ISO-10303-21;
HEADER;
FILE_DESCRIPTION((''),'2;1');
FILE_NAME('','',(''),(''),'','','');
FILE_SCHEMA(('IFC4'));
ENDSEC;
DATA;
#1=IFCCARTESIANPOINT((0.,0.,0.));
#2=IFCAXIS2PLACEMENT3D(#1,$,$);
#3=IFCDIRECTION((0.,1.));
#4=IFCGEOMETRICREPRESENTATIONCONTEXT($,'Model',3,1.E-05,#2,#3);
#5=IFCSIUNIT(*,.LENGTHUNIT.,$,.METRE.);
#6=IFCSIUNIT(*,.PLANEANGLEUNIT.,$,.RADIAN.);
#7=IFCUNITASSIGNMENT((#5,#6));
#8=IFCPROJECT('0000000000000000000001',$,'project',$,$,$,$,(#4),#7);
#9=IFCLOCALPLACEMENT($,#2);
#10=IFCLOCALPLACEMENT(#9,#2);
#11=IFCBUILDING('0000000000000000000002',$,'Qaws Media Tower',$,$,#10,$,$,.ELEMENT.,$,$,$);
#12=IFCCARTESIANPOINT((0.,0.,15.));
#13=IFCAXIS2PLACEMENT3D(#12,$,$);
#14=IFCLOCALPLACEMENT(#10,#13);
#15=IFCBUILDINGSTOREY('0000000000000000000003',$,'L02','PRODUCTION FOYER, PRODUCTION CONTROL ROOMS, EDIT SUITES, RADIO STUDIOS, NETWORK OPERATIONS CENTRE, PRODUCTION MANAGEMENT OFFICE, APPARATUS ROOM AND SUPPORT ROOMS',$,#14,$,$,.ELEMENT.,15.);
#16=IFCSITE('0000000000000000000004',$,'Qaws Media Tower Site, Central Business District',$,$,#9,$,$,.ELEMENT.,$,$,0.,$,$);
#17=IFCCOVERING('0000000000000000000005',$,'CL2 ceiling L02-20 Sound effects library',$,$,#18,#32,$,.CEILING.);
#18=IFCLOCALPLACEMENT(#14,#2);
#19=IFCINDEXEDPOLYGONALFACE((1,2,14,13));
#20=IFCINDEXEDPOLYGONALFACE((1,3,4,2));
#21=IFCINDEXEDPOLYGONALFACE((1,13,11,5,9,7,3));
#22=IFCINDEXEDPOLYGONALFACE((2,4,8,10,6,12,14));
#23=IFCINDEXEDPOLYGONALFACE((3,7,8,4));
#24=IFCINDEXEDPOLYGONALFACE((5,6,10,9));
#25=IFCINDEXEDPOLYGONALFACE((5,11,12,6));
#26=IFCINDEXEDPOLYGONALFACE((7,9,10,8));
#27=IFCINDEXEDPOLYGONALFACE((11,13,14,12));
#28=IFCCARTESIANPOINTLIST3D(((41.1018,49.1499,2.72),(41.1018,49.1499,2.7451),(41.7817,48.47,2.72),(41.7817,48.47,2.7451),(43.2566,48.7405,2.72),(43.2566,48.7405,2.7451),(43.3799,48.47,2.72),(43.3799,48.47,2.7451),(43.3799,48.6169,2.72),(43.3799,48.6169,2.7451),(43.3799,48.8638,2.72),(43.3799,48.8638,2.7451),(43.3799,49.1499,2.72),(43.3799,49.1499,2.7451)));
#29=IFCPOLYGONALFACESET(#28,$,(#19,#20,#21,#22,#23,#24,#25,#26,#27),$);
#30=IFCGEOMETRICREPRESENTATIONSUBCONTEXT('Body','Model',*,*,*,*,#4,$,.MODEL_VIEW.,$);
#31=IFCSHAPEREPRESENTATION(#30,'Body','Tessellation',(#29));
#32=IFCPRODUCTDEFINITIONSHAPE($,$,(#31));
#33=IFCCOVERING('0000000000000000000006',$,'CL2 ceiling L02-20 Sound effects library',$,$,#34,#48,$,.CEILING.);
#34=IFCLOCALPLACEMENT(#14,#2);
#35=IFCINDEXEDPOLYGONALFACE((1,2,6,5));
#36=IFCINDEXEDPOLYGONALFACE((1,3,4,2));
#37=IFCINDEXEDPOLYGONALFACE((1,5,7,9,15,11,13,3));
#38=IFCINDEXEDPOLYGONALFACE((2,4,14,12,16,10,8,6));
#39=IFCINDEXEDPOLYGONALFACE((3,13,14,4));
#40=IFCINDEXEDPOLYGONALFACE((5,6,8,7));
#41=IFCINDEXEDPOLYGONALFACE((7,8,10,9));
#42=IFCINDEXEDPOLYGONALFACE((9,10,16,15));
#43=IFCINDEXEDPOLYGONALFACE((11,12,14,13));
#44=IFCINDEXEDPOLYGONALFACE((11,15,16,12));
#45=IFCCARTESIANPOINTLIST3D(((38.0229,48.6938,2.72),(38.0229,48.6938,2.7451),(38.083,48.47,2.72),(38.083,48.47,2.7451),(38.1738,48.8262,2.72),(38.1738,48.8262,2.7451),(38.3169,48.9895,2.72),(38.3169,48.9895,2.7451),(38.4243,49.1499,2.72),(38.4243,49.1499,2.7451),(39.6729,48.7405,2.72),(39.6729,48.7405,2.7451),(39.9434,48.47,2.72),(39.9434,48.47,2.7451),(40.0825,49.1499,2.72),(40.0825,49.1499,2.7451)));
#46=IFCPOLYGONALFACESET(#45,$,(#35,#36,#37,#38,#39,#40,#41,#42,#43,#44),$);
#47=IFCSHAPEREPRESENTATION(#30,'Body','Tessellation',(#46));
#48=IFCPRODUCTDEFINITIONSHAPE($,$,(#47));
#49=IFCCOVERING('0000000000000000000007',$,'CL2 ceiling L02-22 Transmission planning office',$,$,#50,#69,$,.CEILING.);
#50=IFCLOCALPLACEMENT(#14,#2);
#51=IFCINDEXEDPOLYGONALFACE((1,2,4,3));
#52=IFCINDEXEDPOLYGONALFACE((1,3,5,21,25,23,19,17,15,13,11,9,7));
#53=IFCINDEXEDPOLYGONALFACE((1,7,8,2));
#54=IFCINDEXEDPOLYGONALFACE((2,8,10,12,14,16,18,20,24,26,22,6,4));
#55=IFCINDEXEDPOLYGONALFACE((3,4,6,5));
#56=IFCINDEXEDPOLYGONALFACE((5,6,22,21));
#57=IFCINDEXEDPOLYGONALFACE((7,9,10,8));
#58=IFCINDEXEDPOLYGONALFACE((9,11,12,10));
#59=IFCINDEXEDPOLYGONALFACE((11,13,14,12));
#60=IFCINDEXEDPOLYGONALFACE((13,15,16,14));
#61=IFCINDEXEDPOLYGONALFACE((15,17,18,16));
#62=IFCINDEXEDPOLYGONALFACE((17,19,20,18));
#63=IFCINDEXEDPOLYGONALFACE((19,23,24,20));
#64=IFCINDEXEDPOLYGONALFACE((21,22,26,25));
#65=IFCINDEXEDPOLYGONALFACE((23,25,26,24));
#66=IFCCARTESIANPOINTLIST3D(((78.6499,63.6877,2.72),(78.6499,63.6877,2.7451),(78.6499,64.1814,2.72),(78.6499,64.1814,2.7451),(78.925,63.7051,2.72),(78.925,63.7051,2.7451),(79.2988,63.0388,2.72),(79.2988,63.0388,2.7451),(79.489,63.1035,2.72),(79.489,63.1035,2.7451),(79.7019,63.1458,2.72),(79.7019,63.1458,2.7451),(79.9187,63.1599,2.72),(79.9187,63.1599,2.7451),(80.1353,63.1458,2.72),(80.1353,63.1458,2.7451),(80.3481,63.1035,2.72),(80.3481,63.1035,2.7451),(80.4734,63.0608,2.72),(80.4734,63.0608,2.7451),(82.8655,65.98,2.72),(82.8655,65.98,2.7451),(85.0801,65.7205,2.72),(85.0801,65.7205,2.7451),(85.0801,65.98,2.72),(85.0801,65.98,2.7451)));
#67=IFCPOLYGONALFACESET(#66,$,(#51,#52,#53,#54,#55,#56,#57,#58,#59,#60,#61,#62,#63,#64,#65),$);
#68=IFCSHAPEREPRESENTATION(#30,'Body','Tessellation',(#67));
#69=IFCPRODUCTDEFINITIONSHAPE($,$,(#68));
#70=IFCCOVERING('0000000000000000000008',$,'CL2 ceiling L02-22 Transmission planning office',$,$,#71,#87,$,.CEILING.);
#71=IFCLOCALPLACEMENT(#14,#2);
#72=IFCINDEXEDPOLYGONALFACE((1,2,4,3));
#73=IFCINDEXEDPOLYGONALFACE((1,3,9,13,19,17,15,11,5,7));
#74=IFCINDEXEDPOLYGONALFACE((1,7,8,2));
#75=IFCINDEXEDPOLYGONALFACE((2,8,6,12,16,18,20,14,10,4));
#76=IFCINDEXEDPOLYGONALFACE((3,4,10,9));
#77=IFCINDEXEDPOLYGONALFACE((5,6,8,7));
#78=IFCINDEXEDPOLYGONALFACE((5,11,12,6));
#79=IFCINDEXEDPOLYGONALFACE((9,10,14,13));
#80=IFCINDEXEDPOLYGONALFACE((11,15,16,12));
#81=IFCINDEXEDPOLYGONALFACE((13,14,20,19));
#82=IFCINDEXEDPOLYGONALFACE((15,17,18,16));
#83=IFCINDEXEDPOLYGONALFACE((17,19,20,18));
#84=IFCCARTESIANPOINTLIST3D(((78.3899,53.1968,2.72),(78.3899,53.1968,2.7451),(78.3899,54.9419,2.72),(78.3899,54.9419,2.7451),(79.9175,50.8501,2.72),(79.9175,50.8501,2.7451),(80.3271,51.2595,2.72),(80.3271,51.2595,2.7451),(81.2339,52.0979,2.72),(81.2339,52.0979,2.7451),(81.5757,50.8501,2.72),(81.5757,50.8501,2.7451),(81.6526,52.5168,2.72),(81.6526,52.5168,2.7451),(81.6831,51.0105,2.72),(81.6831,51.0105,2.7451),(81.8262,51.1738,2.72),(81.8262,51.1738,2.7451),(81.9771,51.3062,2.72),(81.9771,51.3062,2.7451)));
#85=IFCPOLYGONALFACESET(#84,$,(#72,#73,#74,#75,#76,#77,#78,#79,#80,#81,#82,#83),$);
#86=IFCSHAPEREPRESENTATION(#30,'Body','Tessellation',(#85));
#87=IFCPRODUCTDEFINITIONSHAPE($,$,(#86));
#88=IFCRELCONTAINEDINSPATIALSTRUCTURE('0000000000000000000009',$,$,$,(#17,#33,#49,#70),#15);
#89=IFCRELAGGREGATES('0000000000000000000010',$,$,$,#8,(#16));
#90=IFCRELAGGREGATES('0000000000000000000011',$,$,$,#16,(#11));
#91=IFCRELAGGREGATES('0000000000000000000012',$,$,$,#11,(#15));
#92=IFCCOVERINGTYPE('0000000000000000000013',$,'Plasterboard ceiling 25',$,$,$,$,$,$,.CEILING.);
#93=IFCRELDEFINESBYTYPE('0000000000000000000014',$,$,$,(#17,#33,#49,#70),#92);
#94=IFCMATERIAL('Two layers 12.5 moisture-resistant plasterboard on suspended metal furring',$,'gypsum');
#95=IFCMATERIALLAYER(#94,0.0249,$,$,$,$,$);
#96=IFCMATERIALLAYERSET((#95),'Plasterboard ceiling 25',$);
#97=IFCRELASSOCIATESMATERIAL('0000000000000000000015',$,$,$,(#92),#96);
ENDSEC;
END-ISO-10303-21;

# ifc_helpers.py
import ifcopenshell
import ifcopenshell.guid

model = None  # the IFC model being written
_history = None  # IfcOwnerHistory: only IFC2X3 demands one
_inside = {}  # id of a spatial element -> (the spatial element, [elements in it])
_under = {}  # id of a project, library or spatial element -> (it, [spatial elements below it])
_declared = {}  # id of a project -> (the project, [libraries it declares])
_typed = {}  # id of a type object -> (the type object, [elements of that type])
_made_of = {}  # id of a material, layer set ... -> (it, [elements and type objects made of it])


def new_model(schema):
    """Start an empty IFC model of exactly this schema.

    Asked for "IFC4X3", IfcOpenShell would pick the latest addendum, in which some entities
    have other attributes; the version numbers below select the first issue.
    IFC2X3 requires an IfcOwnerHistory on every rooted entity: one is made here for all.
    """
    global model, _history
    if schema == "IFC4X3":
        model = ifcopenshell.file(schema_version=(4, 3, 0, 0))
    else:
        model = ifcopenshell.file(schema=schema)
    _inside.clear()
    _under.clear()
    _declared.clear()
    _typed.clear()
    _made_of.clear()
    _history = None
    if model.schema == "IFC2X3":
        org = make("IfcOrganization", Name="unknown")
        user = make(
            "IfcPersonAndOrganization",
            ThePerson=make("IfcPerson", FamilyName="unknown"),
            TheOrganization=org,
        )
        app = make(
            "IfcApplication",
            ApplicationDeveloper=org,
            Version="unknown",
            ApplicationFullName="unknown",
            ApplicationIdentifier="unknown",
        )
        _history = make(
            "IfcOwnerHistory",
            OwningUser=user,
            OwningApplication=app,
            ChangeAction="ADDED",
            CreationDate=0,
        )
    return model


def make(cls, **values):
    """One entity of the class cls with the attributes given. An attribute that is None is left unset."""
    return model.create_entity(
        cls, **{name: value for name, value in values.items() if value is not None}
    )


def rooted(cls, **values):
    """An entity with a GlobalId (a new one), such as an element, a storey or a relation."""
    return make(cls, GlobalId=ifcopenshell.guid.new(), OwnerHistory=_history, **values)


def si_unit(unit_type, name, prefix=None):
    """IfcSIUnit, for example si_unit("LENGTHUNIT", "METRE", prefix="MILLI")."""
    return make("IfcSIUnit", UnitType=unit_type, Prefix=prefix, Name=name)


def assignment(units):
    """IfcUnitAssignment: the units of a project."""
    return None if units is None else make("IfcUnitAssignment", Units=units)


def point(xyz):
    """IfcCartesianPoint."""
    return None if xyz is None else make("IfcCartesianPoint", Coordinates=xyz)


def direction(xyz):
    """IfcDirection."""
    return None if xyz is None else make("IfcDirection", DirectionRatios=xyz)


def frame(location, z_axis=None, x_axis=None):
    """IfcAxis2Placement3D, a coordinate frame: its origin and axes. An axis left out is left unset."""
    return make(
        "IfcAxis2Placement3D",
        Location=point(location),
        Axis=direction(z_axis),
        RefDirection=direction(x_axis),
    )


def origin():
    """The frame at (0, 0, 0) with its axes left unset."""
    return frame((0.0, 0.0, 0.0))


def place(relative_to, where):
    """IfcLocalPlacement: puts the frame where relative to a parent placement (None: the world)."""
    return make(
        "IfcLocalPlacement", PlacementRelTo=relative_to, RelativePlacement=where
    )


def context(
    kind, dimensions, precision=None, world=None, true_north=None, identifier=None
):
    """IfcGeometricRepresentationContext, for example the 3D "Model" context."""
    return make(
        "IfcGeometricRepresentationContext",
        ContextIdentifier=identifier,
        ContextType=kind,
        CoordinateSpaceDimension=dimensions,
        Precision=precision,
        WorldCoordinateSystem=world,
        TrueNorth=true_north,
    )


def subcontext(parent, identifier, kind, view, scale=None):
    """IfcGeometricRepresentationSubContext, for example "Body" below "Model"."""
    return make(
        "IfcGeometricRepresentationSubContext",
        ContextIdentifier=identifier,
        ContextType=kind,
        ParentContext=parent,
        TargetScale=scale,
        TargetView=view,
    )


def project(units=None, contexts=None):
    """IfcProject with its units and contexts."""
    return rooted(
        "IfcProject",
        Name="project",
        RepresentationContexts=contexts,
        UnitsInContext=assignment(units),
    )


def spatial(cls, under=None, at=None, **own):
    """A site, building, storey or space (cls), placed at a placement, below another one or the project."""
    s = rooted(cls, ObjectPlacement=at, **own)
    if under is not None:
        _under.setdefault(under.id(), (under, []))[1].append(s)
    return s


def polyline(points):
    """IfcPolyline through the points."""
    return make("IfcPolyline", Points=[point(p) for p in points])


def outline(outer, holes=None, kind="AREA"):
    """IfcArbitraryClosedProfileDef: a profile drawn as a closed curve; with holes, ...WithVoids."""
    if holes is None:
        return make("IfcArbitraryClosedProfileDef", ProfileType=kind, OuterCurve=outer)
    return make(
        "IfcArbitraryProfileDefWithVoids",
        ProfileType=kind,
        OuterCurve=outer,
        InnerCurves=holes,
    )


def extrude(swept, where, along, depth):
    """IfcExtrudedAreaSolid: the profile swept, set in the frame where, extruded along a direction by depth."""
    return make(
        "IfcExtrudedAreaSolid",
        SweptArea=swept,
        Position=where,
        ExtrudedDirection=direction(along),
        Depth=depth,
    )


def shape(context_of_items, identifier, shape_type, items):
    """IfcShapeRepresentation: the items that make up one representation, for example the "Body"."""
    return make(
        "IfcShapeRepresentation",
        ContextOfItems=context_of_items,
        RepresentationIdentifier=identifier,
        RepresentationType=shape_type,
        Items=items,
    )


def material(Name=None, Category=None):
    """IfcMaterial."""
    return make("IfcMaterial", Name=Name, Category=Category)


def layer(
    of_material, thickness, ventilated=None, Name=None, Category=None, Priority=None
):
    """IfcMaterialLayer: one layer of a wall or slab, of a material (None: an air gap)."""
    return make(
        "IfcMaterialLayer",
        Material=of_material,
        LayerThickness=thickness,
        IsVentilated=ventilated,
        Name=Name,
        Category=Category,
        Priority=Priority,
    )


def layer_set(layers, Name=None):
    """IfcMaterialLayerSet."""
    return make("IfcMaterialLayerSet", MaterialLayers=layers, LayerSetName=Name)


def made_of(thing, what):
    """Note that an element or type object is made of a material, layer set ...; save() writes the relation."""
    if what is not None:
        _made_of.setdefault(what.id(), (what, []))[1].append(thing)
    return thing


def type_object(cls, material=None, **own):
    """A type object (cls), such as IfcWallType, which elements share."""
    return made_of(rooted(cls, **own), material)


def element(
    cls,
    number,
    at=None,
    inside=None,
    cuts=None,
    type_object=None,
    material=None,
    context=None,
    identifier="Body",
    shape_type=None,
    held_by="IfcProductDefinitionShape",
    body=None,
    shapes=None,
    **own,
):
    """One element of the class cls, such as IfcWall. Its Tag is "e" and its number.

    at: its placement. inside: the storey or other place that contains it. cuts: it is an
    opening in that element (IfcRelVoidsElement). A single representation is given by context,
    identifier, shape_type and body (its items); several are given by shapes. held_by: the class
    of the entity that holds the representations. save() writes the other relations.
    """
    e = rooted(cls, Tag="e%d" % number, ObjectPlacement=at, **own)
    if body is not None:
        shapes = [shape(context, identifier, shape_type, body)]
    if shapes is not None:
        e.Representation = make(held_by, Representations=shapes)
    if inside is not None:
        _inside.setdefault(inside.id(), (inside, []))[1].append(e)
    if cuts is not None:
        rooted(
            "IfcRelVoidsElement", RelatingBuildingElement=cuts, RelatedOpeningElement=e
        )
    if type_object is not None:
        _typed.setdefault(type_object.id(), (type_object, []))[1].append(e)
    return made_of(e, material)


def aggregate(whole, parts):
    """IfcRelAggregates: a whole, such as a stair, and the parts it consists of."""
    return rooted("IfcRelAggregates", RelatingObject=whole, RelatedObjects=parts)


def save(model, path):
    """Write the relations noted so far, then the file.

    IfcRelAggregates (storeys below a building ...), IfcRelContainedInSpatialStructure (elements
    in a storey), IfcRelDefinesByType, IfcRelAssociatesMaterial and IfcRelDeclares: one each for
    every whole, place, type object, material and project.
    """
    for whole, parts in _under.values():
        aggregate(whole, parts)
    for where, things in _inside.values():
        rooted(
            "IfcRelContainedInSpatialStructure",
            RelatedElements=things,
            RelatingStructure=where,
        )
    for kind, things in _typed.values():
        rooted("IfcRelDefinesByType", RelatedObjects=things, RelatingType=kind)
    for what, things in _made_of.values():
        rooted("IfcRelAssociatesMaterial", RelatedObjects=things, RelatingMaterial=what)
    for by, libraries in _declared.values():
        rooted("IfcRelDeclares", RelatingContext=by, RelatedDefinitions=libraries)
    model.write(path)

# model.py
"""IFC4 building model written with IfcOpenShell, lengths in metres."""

from ifc_helpers import new_model, si_unit, direction, frame, origin, place, context, subcontext, project, spatial, polyline, outline, extrude, material, layer, layer_set, type_object, element, save


model = new_model("IFC4")

# Units and contexts
model_context = context("Model", 3, precision=1e-05, world=origin(), true_north=direction((0.0, 1.0)))
body_context = subcontext(model_context, "Body", "Model", "MODEL_VIEW")
ifc_project = project(units=[si_unit("LENGTHUNIT", "METRE"), si_unit("PLANEANGLEUNIT", "RADIAN")], contexts=[model_context])

# Site, building, storey
site_placement = place(None, origin())
site = spatial("IfcSite", under=ifc_project, at=site_placement, Name="Qaws Media Tower Site, Central Business District", CompositionType="ELEMENT", RefElevation=0.0)
building_placement = place(site_placement, origin())
building = spatial("IfcBuilding", under=site, at=building_placement, Name="Qaws Media Tower", CompositionType="ELEMENT")
storey_placement = place(building_placement, frame((0.0, 0.0, 15.0)))
storey = spatial("IfcBuildingStorey", under=building, at=storey_placement, Name="L02", Description="PRODUCTION FOYER, PRODUCTION CONTROL ROOMS, EDIT SUITES, RADIO STUDIOS, NETWORK OPERATIONS CENTRE, PRODUCTION MANAGEMENT OFFICE, APPARATUS ROOM AND SUPPORT ROOMS", CompositionType="ELEMENT", Elevation=15.0)

# Coverings
ifc_material_1 = material(Name="Two layers 12.5 moisture-resistant plasterboard on suspended metal furring", Category="gypsum")
ifc_layer_1 = layer(ifc_material_1, 0.0249)
ifc_layer_set_1 = layer_set([ifc_layer_1], Name="Plasterboard ceiling 25")
covering_type_1 = type_object("IfcCoveringType", Name="Plasterboard ceiling 25", PredefinedType="CEILING", material=ifc_layer_set_1)
covering_1_placement = place(storey_placement, frame((0.0, 0.0, 2.72)))
element("IfcCovering", 1, at=covering_1_placement, inside=storey, type_object=covering_type_1, Name="CL2 ceiling L02-20 Sound effects library", PredefinedType="CEILING", context=body_context, shape_type="SweptSolid", body=[
    extrude(outline(polyline([(43.3799, 48.8638), (43.2566, 48.7405), (43.3799, 48.6169), (43.3799, 48.47), (41.7817, 48.47), (41.1018, 49.1499), (43.3799, 49.1499), (43.3799, 48.8638)])), origin(), (0.0, 0.0, 1.0), 0.0251),
])
covering_2_placement = place(storey_placement, frame((0.0, 0.0, 2.72)))
element("IfcCovering", 2, at=covering_2_placement, inside=storey, type_object=covering_type_1, Name="CL2 ceiling L02-20 Sound effects library", PredefinedType="CEILING", context=body_context, shape_type="SweptSolid", body=[
    extrude(outline(polyline([(38.083, 48.47), (38.0229, 48.6938), (38.1738, 48.8262), (38.3169, 48.9895), (38.4243, 49.1499), (40.0825, 49.1499), (39.6729, 48.7405), (39.9434, 48.47), (38.083, 48.47)])), origin(), (0.0, 0.0, 1.0), 0.0251),
])
covering_3_placement = place(storey_placement, frame((0.0, 0.0, 2.72)))
element("IfcCovering", 3, at=covering_3_placement, inside=storey, type_object=covering_type_1, Name="CL2 ceiling L02-22 Transmission planning office", PredefinedType="CEILING", context=body_context, shape_type="SweptSolid", body=[
    extrude(outline(polyline([(85.0801, 65.7205), (80.4734, 63.0608), (80.3481, 63.1035), (80.1353, 63.1458), (79.9187, 63.1599), (79.7019, 63.1458), (79.489, 63.1035), (79.2988, 63.0388), (78.6499, 63.6877), (78.6499, 64.1814), (78.925, 63.7051), (82.8655, 65.98), (85.0801, 65.98), (85.0801, 65.7205)])), origin(), (0.0, 0.0, 1.0), 0.0251),
])
covering_4_placement = place(storey_placement, frame((0.0, 0.0, 2.72)))
element("IfcCovering", 4, at=covering_4_placement, inside=storey, type_object=covering_type_1, Name="CL2 ceiling L02-22 Transmission planning office", PredefinedType="CEILING", context=body_context, shape_type="SweptSolid", body=[
    extrude(outline(polyline([(81.8262, 51.1738), (81.6831, 51.0105), (81.5757, 50.8501), (79.9175, 50.8501), (80.3271, 51.2595), (78.3899, 53.1968), (78.3899, 54.9419), (81.2339, 52.0979), (81.6526, 52.5168), (81.9771, 51.3062), (81.8262, 51.1738)])), origin(), (0.0, 0.0, 1.0), 0.0251),
])

save(model, "model.ifc")
